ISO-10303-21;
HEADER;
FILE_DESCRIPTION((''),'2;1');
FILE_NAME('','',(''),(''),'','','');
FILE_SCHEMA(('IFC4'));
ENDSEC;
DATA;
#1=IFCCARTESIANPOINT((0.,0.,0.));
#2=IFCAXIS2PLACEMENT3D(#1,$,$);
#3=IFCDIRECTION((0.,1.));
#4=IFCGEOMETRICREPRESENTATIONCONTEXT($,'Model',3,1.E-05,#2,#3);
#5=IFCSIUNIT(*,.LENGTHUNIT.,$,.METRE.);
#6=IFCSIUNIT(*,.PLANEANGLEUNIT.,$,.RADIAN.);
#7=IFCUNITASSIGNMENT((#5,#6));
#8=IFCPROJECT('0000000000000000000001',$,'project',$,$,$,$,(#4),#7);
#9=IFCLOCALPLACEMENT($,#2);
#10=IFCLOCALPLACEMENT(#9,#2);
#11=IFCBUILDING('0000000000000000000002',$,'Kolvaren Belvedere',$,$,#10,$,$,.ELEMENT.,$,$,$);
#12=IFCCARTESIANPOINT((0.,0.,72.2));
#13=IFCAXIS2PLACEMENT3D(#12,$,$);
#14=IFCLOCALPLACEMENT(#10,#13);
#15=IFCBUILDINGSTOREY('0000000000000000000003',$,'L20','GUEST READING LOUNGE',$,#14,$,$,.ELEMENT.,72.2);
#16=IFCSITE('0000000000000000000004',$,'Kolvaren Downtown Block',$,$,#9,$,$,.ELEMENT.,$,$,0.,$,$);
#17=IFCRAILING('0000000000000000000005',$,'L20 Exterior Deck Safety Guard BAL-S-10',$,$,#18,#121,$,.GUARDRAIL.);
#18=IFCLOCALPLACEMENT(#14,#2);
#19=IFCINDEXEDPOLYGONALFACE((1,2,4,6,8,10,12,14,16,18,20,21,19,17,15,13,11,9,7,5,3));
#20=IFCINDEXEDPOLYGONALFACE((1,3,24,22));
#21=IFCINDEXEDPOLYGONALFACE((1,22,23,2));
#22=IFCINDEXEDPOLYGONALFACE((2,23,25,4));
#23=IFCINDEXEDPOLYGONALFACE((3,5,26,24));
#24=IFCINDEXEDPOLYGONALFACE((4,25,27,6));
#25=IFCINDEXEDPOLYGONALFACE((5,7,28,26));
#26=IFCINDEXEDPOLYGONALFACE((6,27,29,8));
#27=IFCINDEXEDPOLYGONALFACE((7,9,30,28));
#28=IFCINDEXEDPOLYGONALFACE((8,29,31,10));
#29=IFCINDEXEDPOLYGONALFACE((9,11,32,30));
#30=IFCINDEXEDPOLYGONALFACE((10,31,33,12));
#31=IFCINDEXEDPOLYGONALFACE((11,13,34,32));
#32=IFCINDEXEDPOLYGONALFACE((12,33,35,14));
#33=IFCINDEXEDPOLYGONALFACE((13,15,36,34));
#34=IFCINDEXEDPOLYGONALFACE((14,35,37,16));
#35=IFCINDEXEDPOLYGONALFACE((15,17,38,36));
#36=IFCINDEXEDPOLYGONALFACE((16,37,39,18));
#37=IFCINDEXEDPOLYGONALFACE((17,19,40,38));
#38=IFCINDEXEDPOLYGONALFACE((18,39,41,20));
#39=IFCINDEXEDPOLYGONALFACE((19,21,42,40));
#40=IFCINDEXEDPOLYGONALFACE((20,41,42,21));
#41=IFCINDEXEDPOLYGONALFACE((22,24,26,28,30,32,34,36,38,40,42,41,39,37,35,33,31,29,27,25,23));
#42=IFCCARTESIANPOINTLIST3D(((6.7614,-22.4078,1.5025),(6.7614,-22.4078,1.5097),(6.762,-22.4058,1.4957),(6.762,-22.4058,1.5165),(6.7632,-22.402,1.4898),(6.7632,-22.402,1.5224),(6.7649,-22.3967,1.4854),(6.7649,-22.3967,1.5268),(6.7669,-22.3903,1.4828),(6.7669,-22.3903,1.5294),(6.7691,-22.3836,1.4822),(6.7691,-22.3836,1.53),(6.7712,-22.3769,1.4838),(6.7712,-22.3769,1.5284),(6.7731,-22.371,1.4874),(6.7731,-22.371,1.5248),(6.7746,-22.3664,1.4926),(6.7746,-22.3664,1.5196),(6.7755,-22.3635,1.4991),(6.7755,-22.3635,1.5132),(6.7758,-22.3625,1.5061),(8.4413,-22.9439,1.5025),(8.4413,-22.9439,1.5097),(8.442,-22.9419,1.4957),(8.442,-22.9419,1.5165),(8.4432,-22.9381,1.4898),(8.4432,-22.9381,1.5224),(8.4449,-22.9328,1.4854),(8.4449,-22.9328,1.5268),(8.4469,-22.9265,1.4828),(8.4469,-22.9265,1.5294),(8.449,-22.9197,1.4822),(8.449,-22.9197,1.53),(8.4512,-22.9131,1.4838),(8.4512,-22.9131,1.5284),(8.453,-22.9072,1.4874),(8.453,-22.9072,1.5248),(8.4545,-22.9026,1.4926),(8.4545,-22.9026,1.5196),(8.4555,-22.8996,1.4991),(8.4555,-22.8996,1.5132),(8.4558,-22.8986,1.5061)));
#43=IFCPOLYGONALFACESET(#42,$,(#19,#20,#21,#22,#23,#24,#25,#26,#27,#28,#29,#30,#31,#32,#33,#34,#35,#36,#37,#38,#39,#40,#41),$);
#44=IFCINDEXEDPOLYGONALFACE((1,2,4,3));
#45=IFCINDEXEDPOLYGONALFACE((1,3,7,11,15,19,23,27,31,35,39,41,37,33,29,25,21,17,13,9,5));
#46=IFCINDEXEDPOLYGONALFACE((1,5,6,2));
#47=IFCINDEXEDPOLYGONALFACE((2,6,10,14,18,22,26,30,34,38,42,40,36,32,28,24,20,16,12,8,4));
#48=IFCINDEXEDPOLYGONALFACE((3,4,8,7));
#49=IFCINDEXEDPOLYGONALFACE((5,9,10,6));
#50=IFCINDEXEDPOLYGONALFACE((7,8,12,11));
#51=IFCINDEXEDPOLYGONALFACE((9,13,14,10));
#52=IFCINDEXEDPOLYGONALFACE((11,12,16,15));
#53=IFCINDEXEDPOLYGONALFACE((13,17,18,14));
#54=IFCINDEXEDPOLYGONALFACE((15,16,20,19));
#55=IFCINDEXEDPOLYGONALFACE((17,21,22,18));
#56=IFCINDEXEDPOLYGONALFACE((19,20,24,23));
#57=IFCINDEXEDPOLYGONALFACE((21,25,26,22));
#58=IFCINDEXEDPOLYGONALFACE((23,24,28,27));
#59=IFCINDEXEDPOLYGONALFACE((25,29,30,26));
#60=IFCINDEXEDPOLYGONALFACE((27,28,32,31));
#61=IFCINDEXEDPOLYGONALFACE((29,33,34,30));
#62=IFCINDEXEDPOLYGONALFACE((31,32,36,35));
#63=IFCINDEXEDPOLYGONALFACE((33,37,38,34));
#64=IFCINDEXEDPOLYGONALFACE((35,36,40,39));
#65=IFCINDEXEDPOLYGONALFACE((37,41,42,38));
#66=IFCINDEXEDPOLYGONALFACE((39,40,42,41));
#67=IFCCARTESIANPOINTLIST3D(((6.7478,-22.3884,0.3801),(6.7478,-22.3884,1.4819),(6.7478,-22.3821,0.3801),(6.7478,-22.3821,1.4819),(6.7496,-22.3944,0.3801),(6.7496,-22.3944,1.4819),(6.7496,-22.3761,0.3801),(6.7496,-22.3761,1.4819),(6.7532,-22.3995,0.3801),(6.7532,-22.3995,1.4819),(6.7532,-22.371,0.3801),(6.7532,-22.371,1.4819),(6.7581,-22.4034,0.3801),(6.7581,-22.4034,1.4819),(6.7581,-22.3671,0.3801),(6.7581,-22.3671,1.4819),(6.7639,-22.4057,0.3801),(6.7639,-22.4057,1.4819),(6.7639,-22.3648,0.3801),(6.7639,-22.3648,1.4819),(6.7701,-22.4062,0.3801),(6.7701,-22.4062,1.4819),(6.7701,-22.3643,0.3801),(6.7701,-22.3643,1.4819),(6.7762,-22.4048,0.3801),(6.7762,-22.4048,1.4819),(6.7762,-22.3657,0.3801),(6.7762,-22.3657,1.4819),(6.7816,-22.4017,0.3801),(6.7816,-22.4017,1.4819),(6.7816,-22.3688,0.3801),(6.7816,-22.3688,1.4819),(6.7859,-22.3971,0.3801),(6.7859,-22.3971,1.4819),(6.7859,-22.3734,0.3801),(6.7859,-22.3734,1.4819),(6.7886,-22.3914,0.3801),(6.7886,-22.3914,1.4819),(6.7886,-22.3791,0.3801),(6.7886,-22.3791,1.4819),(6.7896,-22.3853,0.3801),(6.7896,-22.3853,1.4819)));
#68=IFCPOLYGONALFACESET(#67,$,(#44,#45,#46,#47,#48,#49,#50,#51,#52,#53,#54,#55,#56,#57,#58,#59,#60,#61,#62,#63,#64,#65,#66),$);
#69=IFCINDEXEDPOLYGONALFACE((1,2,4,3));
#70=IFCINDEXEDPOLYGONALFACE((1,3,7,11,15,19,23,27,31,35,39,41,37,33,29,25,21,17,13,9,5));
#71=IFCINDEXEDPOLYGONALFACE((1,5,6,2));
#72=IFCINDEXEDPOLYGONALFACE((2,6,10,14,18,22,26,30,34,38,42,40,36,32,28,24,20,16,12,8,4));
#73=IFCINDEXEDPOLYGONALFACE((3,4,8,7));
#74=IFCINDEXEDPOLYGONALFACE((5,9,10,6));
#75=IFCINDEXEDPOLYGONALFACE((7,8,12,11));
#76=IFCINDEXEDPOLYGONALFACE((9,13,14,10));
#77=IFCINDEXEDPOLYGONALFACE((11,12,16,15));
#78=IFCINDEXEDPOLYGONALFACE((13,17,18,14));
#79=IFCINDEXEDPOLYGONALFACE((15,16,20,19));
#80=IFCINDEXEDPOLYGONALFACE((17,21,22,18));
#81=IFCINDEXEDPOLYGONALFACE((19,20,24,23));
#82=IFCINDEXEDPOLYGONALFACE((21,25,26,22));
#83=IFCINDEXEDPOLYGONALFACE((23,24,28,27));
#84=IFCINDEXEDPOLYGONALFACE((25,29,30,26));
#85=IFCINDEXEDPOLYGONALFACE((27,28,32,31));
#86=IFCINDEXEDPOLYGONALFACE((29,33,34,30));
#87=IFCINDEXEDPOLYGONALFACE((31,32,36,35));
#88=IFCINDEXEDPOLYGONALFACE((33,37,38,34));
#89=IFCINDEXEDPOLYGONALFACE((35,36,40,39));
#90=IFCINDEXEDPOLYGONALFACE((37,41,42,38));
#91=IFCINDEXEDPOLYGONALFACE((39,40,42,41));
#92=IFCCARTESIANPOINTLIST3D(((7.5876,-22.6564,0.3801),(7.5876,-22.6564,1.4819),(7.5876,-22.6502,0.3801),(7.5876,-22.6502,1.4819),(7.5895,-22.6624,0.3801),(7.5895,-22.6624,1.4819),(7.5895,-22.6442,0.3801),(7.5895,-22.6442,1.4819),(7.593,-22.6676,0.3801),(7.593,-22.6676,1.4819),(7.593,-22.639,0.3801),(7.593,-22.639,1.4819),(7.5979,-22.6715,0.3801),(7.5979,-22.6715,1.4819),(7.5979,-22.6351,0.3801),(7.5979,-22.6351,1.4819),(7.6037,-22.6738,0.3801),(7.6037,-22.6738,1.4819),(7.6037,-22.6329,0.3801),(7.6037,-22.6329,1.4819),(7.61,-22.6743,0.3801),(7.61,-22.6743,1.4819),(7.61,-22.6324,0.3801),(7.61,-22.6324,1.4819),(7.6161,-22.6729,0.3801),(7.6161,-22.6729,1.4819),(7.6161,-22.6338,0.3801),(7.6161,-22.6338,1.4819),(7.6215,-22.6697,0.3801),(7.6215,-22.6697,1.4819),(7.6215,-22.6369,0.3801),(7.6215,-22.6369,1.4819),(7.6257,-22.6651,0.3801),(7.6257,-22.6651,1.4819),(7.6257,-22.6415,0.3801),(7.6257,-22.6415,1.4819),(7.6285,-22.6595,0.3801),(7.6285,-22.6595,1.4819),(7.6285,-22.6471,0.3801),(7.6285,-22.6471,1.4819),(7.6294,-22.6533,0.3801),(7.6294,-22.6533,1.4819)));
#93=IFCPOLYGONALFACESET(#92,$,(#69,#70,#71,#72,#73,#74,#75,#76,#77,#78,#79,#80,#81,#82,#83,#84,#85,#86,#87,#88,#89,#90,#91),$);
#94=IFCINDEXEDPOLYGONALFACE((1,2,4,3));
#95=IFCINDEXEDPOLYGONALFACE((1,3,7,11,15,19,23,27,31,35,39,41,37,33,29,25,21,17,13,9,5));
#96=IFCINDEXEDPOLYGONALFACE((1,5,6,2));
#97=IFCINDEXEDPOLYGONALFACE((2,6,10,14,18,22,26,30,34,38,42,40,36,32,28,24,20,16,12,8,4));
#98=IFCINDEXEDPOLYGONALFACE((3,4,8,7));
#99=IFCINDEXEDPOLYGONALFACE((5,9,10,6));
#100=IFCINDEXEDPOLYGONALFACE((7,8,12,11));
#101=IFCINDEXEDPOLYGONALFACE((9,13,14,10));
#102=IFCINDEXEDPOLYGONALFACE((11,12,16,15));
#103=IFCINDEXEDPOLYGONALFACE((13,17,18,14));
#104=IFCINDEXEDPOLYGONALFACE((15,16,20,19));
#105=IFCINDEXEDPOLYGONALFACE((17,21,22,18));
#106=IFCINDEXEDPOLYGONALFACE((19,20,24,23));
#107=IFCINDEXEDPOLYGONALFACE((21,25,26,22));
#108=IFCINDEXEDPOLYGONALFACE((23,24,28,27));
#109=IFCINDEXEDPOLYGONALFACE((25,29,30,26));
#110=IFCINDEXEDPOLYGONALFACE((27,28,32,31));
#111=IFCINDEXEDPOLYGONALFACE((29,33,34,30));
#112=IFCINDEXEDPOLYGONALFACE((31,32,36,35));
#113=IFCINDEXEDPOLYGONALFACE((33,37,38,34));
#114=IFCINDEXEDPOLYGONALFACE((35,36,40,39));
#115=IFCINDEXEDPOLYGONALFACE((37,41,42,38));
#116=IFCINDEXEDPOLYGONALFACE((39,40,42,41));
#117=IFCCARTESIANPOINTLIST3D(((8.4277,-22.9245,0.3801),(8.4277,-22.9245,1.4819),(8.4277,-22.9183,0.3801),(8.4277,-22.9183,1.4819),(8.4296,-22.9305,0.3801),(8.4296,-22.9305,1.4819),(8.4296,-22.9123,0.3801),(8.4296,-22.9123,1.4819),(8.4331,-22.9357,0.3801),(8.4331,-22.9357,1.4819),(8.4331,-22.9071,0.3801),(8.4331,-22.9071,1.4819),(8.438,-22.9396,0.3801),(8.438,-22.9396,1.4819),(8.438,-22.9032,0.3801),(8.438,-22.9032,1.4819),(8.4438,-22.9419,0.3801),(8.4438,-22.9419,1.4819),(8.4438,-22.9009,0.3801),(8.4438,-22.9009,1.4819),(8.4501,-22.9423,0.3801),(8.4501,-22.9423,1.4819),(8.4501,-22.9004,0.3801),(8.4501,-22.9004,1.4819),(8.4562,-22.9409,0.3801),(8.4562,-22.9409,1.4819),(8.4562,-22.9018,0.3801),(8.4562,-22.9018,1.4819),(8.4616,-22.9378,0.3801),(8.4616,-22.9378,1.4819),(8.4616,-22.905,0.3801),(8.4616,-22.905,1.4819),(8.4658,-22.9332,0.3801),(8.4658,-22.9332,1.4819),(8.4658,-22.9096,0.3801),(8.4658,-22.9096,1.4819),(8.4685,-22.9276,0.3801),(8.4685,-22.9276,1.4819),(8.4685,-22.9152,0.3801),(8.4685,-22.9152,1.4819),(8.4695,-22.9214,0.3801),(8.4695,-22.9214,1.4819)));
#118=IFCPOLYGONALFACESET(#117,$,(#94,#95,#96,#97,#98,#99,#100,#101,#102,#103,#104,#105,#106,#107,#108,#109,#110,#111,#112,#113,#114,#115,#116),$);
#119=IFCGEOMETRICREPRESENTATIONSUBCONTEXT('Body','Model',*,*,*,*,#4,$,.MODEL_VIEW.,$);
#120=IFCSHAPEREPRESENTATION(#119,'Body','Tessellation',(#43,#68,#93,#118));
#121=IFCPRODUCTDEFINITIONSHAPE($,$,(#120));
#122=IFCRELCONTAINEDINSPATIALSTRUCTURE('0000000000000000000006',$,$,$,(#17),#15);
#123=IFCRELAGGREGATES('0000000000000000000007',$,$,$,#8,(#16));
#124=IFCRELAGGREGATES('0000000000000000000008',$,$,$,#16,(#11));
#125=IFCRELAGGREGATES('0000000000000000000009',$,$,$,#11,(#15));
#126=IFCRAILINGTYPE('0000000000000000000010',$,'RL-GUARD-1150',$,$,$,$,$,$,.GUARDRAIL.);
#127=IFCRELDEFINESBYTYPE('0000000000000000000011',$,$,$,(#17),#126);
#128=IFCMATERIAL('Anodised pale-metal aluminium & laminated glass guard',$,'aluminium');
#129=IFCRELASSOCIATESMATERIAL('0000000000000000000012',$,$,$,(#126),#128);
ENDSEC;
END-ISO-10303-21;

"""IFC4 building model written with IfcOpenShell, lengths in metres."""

from ifc_helpers import new_model, si_unit, direction, frame, origin, origin_2d, place, context, subcontext, project, spatial, circle, extrude, material, type_object, element, save


model = new_model("IFC4")

# Units and contexts
model_context = context("Model", 3, precision=1e-05, world=origin(), true_north=direction((0.0, 1.0)))
body_context = subcontext(model_context, "Body", "Model", "MODEL_VIEW")
ifc_project = project(units=[si_unit("LENGTHUNIT", "METRE"), si_unit("PLANEANGLEUNIT", "RADIAN")], contexts=[model_context])

# Site, building, storey
site_placement = place(None, origin())
site = spatial("IfcSite", under=ifc_project, at=site_placement, Name="Kolvaren Downtown Block", CompositionType="ELEMENT", RefElevation=0.0)
building_placement = place(site_placement, origin())
building = spatial("IfcBuilding", under=site, at=building_placement, Name="Kolvaren Belvedere", CompositionType="ELEMENT")
storey_placement = place(building_placement, frame((0.0, 0.0, 72.2)))
storey = spatial("IfcBuildingStorey", under=building, at=storey_placement, Name="L20", Description="GUEST READING LOUNGE", CompositionType="ELEMENT", Elevation=72.2)

# Railing
ifc_material_1 = material(Name="Anodised pale-metal aluminium & laminated glass guard", Category="aluminium")
railing_type = type_object("IfcRailingType", Name="RL-GUARD-1150", PredefinedType="GUARDRAIL", material=ifc_material_1)
railing_1_placement = place(storey_placement, frame((6.7686, -22.3853, 0.3801)))
element("IfcRailing", 1, at=railing_1_placement, inside=storey, type_object=railing_type, Name="L20 Exterior Deck Safety Guard BAL-S-10", PredefinedType="GUARDRAIL", context=body_context, shape_type="SweptSolid", body=[
    extrude(circle(Radius=0.0239, at=origin_2d()), frame((0.0, 0.0, 1.126), z_axis=(0.952662, -0.304032, 0.0), x_axis=(0.304032, 0.952662, 0.0)), (0.0, 0.0, 1.0), 1.7634),
    extrude(circle(Radius=0.021, at=origin_2d()), origin(), (0.0, 0.0, 1.0), 1.1018),
    extrude(circle(Radius=0.021, at=origin_2d()), frame((0.8398, -0.2681, 0.0)), (0.0, 0.0, 1.0), 1.1018),
    extrude(circle(Radius=0.021, at=origin_2d()), frame((1.6799, -0.5361, 0.0)), (0.0, 0.0, 1.0), 1.1018),
])

save(model, "model.ifc")
